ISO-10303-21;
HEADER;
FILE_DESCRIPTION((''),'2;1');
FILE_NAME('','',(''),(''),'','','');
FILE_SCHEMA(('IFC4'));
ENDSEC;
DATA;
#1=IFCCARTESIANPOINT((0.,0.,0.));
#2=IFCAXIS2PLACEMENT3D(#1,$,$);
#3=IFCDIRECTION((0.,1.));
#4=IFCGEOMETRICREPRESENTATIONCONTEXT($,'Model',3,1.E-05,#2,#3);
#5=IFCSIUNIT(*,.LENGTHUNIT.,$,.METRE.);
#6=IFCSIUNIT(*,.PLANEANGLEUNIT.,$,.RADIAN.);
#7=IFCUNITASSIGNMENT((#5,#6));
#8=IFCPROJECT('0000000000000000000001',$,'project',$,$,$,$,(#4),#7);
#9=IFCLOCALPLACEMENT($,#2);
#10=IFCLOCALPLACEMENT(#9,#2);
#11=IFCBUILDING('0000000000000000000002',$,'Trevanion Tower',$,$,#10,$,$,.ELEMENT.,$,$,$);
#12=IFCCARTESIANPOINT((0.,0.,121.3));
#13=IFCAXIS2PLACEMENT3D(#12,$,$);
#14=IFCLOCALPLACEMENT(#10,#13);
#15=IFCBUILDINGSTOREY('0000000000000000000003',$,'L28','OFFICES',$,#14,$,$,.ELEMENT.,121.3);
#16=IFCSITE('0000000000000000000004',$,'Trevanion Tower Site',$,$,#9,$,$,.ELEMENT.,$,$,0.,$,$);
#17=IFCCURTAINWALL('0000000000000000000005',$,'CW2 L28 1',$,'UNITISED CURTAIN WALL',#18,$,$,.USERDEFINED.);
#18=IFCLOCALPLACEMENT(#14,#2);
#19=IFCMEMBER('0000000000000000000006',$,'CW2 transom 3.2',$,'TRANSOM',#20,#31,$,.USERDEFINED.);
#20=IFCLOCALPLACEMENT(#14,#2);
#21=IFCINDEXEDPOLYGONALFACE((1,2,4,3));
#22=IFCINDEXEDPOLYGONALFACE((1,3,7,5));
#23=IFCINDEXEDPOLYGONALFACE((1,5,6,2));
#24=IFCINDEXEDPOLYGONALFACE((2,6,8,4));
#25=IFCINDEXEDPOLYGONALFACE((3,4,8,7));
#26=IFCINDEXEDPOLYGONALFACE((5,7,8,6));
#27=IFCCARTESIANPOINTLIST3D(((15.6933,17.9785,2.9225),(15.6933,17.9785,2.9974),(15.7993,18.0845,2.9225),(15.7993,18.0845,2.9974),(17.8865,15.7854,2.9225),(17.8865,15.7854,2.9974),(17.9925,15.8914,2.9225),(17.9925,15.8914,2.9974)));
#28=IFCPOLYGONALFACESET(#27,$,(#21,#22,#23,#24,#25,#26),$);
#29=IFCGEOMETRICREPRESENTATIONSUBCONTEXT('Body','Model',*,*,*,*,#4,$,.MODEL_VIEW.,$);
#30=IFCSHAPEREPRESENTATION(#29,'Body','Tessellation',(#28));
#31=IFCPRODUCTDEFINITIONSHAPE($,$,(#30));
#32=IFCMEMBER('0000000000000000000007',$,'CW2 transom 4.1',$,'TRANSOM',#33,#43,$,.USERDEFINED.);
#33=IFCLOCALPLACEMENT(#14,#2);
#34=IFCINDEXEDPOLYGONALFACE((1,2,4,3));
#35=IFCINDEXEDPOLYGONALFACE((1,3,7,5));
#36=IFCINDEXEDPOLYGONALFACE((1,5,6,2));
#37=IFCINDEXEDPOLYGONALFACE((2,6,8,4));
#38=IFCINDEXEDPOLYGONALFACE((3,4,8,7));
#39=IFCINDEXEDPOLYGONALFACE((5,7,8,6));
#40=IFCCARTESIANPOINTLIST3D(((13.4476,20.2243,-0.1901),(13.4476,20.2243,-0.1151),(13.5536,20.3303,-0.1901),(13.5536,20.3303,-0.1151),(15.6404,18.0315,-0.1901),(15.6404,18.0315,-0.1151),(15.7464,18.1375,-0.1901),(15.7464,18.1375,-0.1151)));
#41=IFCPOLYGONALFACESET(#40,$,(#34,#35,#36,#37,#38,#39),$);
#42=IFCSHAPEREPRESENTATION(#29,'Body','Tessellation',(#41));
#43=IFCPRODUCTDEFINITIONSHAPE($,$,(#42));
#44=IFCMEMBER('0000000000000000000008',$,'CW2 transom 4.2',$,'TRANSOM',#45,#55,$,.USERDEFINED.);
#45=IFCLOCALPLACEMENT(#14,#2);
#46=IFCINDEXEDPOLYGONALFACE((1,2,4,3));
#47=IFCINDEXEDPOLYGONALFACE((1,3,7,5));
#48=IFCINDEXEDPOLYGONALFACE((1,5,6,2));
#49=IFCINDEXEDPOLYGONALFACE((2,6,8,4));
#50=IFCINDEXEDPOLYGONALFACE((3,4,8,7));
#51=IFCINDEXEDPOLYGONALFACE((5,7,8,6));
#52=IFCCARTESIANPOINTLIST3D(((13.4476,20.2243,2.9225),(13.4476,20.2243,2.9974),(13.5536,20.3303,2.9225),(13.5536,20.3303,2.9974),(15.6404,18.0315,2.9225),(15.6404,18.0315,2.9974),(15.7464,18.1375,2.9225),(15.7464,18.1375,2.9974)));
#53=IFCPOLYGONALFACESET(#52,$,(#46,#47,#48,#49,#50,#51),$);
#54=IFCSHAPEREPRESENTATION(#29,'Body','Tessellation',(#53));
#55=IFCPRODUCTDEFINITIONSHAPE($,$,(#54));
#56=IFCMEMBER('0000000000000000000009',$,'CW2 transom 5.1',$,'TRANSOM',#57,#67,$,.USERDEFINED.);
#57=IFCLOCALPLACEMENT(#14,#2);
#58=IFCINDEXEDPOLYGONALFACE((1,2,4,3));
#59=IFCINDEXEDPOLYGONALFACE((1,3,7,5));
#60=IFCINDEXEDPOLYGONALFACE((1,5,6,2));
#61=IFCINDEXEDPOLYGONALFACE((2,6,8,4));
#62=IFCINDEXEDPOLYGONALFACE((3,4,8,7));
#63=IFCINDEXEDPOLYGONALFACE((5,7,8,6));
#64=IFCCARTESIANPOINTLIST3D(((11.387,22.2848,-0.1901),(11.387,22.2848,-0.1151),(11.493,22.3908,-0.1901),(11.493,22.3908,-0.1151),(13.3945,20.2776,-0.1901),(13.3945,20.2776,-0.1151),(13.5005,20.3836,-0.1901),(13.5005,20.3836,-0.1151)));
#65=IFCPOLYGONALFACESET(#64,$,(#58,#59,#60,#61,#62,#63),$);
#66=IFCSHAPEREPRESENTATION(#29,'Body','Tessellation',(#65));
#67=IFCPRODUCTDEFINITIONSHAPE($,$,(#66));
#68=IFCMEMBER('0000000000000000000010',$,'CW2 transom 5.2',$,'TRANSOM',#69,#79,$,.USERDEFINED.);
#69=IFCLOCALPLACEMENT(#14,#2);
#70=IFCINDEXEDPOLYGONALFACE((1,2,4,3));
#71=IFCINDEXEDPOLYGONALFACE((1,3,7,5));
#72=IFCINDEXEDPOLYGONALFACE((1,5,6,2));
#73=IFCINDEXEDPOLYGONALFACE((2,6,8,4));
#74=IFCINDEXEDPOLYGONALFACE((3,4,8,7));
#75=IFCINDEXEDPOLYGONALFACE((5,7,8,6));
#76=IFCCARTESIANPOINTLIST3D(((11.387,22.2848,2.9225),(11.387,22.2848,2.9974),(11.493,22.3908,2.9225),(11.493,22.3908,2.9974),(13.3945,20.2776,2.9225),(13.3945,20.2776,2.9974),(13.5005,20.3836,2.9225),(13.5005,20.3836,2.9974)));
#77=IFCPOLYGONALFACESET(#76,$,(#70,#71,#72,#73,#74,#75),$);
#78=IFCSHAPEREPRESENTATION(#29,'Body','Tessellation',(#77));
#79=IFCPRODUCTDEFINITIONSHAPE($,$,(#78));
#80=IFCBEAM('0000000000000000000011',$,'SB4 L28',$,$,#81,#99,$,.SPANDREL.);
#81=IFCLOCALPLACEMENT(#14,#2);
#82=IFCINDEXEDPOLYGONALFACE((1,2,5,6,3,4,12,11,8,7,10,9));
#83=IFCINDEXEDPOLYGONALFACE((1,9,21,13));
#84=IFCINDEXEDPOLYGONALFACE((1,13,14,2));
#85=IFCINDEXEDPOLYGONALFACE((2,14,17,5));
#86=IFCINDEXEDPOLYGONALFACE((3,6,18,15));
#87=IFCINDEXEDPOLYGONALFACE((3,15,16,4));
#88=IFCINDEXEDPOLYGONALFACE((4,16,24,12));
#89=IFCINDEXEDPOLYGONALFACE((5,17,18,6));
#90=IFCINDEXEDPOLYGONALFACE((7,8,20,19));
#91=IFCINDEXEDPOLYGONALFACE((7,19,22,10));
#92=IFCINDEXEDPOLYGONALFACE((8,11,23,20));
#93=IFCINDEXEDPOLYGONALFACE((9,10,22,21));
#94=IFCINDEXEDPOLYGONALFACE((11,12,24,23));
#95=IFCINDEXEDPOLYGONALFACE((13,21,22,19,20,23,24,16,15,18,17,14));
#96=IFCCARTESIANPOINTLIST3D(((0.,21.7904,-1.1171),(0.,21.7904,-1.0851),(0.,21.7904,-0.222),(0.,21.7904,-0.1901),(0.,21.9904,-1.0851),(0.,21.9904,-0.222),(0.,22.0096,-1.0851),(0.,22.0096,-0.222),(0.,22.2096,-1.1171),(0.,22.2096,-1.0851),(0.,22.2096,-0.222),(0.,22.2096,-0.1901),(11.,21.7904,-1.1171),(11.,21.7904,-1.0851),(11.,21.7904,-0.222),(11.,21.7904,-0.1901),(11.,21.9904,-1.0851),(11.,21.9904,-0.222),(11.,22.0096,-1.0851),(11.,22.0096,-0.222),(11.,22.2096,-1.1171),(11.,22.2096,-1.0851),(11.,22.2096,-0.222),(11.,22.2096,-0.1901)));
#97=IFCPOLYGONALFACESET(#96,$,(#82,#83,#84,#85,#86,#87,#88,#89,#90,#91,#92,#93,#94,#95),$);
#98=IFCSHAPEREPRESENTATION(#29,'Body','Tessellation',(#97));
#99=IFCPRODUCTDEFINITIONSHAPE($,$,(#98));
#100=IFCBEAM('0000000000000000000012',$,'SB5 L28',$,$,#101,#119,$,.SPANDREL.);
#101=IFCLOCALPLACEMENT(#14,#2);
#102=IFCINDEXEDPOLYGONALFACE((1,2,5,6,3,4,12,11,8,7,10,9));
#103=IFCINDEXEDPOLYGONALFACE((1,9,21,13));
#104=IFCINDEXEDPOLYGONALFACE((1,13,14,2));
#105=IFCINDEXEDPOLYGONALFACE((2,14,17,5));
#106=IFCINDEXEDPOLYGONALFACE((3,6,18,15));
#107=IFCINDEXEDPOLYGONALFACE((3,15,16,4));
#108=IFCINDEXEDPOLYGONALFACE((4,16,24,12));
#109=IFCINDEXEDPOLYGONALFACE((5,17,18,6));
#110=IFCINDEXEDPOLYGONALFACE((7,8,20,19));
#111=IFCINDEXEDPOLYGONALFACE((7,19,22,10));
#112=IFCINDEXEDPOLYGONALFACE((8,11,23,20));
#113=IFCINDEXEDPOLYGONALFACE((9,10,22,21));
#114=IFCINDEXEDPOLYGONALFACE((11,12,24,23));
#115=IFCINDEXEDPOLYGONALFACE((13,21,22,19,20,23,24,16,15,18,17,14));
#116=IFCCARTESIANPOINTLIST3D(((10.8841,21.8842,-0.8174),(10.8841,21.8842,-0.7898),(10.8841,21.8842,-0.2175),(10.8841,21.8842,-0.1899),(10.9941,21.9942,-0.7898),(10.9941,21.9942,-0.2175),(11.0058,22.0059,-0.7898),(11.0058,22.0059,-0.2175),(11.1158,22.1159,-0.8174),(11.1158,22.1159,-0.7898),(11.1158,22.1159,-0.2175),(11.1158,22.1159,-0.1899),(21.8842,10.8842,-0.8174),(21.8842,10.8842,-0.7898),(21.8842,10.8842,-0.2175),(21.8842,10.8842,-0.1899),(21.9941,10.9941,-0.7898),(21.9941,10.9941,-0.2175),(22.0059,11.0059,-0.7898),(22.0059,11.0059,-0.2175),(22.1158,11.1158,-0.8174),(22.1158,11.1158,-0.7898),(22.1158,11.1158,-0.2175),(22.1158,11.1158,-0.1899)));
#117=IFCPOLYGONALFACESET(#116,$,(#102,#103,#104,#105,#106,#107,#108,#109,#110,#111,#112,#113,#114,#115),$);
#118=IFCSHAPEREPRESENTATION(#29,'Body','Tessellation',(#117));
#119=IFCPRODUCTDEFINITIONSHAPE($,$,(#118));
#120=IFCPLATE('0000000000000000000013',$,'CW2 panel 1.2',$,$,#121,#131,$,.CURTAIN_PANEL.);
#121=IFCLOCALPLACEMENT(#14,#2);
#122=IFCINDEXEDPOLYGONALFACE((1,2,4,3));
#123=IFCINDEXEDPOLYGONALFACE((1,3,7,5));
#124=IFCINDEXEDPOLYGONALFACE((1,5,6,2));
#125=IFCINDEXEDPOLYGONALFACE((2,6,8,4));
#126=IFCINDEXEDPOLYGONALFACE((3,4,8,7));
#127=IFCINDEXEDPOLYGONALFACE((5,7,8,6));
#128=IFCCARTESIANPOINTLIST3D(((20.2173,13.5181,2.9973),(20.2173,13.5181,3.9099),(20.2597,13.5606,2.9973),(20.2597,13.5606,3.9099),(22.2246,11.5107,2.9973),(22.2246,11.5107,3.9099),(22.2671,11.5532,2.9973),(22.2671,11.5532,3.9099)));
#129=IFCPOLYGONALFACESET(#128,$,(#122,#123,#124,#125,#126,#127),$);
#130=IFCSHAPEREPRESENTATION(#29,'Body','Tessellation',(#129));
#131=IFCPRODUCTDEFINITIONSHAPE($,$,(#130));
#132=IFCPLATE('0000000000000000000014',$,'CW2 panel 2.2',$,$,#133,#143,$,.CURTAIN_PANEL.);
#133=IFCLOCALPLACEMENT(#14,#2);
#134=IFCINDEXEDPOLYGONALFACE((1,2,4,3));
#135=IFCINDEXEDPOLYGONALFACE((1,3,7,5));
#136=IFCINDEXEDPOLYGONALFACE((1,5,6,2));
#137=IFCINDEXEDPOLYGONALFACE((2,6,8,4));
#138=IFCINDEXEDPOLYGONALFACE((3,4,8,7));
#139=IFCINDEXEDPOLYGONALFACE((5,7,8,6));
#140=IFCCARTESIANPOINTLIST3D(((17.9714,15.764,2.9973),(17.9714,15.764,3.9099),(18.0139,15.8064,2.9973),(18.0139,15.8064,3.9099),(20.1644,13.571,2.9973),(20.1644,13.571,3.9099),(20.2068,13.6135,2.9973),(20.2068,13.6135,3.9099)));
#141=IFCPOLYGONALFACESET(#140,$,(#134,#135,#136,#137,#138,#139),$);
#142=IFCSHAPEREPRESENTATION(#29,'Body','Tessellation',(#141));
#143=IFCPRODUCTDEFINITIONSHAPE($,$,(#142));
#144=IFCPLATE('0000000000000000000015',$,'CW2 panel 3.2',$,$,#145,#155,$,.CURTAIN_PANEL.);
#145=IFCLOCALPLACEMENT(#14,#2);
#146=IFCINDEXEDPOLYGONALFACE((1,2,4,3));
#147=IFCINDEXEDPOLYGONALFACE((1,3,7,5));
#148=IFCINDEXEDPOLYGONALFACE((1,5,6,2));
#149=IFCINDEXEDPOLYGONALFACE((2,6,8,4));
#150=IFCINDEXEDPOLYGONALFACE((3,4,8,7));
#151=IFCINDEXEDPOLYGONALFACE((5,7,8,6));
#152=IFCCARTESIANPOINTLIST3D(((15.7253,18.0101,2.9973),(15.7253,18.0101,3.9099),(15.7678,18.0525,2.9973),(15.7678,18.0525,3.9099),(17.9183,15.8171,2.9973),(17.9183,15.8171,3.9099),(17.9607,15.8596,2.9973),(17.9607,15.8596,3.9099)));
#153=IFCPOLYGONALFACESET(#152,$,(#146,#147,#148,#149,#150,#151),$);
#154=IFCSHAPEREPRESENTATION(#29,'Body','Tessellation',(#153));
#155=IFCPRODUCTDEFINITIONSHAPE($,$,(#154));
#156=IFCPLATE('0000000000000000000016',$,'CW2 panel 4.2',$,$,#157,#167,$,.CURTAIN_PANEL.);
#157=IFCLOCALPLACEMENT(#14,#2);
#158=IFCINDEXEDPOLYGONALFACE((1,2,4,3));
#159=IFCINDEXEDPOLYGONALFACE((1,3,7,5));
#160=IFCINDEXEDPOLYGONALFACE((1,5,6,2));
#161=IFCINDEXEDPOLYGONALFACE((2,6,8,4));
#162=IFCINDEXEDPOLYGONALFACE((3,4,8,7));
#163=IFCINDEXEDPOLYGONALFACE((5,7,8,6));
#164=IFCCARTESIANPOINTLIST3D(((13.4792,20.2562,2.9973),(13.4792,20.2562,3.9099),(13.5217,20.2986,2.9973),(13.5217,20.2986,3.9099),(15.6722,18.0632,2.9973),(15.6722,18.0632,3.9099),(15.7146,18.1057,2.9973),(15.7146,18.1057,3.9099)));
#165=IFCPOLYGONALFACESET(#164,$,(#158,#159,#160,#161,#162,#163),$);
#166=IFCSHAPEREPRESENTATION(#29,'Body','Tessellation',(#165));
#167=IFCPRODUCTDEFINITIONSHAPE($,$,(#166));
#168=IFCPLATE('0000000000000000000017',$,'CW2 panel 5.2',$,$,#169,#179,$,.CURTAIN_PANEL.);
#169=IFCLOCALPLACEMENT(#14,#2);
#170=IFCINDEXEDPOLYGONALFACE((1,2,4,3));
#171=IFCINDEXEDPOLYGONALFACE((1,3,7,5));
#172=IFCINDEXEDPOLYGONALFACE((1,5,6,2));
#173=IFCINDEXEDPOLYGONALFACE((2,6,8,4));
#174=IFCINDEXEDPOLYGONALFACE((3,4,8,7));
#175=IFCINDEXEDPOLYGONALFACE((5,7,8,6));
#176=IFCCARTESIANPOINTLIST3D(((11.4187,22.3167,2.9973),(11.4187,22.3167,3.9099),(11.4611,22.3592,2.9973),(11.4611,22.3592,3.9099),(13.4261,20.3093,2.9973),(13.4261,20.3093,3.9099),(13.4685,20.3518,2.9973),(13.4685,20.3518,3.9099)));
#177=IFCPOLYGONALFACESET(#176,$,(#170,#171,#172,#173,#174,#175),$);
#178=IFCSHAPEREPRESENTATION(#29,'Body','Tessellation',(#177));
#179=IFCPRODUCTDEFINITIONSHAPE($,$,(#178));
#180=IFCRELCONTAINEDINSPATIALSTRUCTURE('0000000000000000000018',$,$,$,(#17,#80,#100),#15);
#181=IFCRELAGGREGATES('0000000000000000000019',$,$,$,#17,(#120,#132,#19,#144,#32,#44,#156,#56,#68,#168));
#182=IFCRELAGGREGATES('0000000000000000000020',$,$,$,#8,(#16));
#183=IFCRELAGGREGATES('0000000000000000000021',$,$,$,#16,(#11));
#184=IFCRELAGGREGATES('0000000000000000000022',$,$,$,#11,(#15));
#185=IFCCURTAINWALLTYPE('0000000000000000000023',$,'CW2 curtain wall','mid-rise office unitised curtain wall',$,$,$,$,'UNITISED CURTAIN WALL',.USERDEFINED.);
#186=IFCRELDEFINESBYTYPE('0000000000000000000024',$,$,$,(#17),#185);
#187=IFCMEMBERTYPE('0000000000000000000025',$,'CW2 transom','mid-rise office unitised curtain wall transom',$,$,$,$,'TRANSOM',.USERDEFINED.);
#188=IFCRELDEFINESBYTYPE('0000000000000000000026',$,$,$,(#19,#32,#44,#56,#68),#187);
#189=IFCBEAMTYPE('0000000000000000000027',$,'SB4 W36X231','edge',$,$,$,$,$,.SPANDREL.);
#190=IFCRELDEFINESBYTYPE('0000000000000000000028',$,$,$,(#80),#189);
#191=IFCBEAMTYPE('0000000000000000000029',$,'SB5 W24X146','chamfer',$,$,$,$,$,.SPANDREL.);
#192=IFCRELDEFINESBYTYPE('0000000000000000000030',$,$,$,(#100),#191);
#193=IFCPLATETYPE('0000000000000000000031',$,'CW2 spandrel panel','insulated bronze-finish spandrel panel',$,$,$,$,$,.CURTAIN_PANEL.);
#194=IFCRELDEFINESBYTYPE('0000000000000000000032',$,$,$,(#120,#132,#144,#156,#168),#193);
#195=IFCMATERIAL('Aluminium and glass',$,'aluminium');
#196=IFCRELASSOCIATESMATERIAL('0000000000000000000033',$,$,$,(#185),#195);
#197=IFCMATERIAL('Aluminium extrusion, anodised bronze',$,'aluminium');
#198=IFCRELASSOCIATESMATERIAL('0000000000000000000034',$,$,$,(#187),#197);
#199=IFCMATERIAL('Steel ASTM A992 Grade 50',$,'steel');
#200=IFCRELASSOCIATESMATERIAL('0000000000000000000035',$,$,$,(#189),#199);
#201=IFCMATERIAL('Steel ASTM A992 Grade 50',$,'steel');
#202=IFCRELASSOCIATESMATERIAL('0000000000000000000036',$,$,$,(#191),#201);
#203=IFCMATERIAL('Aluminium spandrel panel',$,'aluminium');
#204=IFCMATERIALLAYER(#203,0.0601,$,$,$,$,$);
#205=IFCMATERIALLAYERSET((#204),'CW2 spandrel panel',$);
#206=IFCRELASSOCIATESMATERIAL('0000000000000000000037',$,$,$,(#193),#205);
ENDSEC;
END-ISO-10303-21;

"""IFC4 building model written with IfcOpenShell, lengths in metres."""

from ifc_helpers import new_model, si_unit, direction, frame, origin, origin_2d, place, context, subcontext, project, spatial, rectangle, i_section, extrude, material, layer, layer_set, material_profile, profile_set, type_object, element, aggregate, save


model = new_model("IFC4")

# Units and contexts
model_context = context("Model", 3, precision=1e-05, world=origin(), true_north=direction((0.0, 1.0)))
body_context = subcontext(model_context, "Body", "Model", "MODEL_VIEW")
ifc_project = project(units=[si_unit("LENGTHUNIT", "METRE"), si_unit("PLANEANGLEUNIT", "RADIAN")], contexts=[model_context])

# Site, building, storey
site_placement = place(None, origin())
site = spatial("IfcSite", under=ifc_project, at=site_placement, Name="Trevanion Tower Site", CompositionType="ELEMENT", RefElevation=0.0)
building_placement = place(site_placement, origin())
building = spatial("IfcBuilding", under=site, at=building_placement, Name="Trevanion Tower", CompositionType="ELEMENT")
storey_placement = place(building_placement, frame((0.0, 0.0, 121.3)))
storey = spatial("IfcBuildingStorey", under=building, at=storey_placement, Name="L28", Description="OFFICES", CompositionType="ELEMENT", Elevation=121.3)

# Curtain wall
ifc_material_1 = material(Name="Aluminium and glass", Category="aluminium")
curtain_wall_type = type_object("IfcCurtainWallType", Name="CW2 curtain wall", Description="mid-rise office unitised curtain wall", ElementType="UNITISED CURTAIN WALL", PredefinedType="USERDEFINED", material=ifc_material_1)
curtain_wall_1_placement = place(storey_placement, origin())
curtain_wall_1 = element("IfcCurtainWall", 1, at=curtain_wall_1_placement, inside=storey, type_object=curtain_wall_type, Name="CW2 L28 1", ObjectType="UNITISED CURTAIN WALL", PredefinedType="USERDEFINED")

# Members
ifc_material_2 = material(Name="Aluminium extrusion, anodised bronze", Category="aluminium")
ifc_material_profile_1 = material_profile(ifc_material_2, rectangle(XDim=0.1499, YDim=0.075, at=origin_2d()), Name="CW2 transom")
ifc_profile_set_1 = profile_set([ifc_material_profile_1], Name="Aluminium extrusion, anodised bronze")
member_type_1 = type_object("IfcMemberType", Name="CW2 transom", Description="mid-rise office unitised curtain wall transom", ElementType="TRANSOM", PredefinedType="USERDEFINED", material=ifc_profile_set_1)
member_1_placement = place(storey_placement, frame((17.9395, 15.8384, 2.96), z_axis=(-0.707107, 0.707107, 0.0), x_axis=(-0.707107, -0.707107, 0.0)))
member_1 = element("IfcMember", 2, at=member_1_placement, type_object=member_type_1, Name="CW2 transom 3.2", ObjectType="TRANSOM", PredefinedType="USERDEFINED", context=body_context, shape_type="SweptSolid", body=[
    extrude(rectangle(XDim=0.1499, YDim=0.075, at=origin_2d()), origin(), (0.0, 0.0, 1.0), 3.1016),
])
member_2_placement = place(storey_placement, frame((15.6934, 18.0845, -0.1526), z_axis=(-0.707107, 0.707107, 0.0), x_axis=(-0.707107, -0.707107, 0.0)))
member_2 = element("IfcMember", 3, at=member_2_placement, type_object=member_type_1, Name="CW2 transom 4.1", ObjectType="TRANSOM", PredefinedType="USERDEFINED", context=body_context, shape_type="SweptSolid", body=[
    extrude(rectangle(XDim=0.1499, YDim=0.075, at=origin_2d()), origin(), (0.0, 0.0, 1.0), 3.1011),
])
member_3_placement = place(storey_placement, frame((15.6934, 18.0845, 2.96), z_axis=(-0.707107, 0.707107, 0.0), x_axis=(-0.707107, -0.707107, 0.0)))
member_3 = element("IfcMember", 4, at=member_3_placement, type_object=member_type_1, Name="CW2 transom 4.2", ObjectType="TRANSOM", PredefinedType="USERDEFINED", context=body_context, shape_type="SweptSolid", body=[
    extrude(rectangle(XDim=0.1499, YDim=0.075, at=origin_2d()), origin(), (0.0, 0.0, 1.0), 3.1011),
])
member_4_placement = place(storey_placement, frame((13.4475, 20.3306, -0.1526), z_axis=(-0.70715, 0.707064, 0.0), x_axis=(-0.707064, -0.70715, 0.0)))
member_4 = element("IfcMember", 5, at=member_4_placement, type_object=member_type_1, Name="CW2 transom 5.1", ObjectType="TRANSOM", PredefinedType="USERDEFINED", context=body_context, shape_type="SweptSolid", body=[
    extrude(rectangle(XDim=0.1499, YDim=0.075, at=origin_2d()), origin(), (0.0, 0.0, 1.0), 2.8389),
])
member_5_placement = place(storey_placement, frame((13.4475, 20.3306, 2.96), z_axis=(-0.70715, 0.707064, 0.0), x_axis=(-0.707064, -0.70715, 0.0)))
member_5 = element("IfcMember", 6, at=member_5_placement, type_object=member_type_1, Name="CW2 transom 5.2", ObjectType="TRANSOM", PredefinedType="USERDEFINED", context=body_context, shape_type="SweptSolid", body=[
    extrude(rectangle(XDim=0.1499, YDim=0.075, at=origin_2d()), origin(), (0.0, 0.0, 1.0), 2.8389),
])

# Beams
ifc_material_3 = material(Name="Steel ASTM A992 Grade 50", Category="steel")
ifc_material_profile_2 = material_profile(ifc_material_3, i_section(OverallWidth=0.4192, OverallDepth=0.927, WebThickness=0.0193, FlangeThickness=0.032, at=origin_2d()), Name="W36X231")
ifc_profile_set_2 = profile_set([ifc_material_profile_2], Name="Steel ASTM A992 Grade 50")
beam_type_1 = type_object("IfcBeamType", Name="SB4 W36X231", Description="edge", PredefinedType="SPANDREL", material=ifc_profile_set_2)
beam_1_placement = place(storey_placement, frame((11.0, 22.0, -0.6536), z_axis=(-1.0, 0.0, 0.0), x_axis=(0.0, -1.0, 0.0)))
element("IfcBeam", 7, at=beam_1_placement, inside=storey, type_object=beam_type_1, Name="SB4 L28", PredefinedType="SPANDREL", context=body_context, shape_type="SweptSolid", body=[
    extrude(i_section(OverallWidth=0.4192, OverallDepth=0.927, WebThickness=0.0193, FlangeThickness=0.032, at=origin_2d()), origin(), (0.0, 0.0, 1.0), 11.0),
])
ifc_material_4 = material(Name="Steel ASTM A992 Grade 50", Category="steel")
ifc_material_profile_3 = material_profile(ifc_material_4, i_section(OverallWidth=0.3276, OverallDepth=0.6274, WebThickness=0.0166, FlangeThickness=0.0276, at=origin_2d()), Name="W24X146")
ifc_profile_set_3 = profile_set([ifc_material_profile_3], Name="Steel ASTM A992 Grade 50")
beam_type_2 = type_object("IfcBeamType", Name="SB5 W24X146", Description="chamfer", PredefinedType="SPANDREL", material=ifc_profile_set_3)
beam_2_placement = place(storey_placement, frame((22.0, 11.0, -0.5037), z_axis=(-0.707107, 0.707107, 0.0), x_axis=(-0.707107, -0.707107, 0.0)))
element("IfcBeam", 8, at=beam_2_placement, inside=storey, type_object=beam_type_2, Name="SB5 L28", PredefinedType="SPANDREL", context=body_context, shape_type="SweptSolid", body=[
    extrude(i_section(OverallWidth=0.3276, OverallDepth=0.6274, WebThickness=0.0166, FlangeThickness=0.0276, at=origin_2d()), origin(), (0.0, 0.0, 1.0), 15.5564),
])

# Plates
ifc_material_5 = material(Name="Aluminium spandrel panel", Category="aluminium")
ifc_layer_1 = layer(ifc_material_5, 0.0601)
ifc_layer_set_1 = layer_set([ifc_layer_1], Name="CW2 spandrel panel")
plate_type_1 = type_object("IfcPlateType", Name="CW2 spandrel panel", Description="insulated bronze-finish spandrel panel", PredefinedType="CURTAIN_PANEL", material=ifc_layer_set_1)
plate_1_placement = place(storey_placement, frame((21.2422, 12.5356, 2.9973), z_axis=(0.0, 0.0, 1.0), x_axis=(-0.707107, 0.707107, 0.0)))
plate_1 = element("IfcPlate", 9, at=plate_1_placement, type_object=plate_type_1, Name="CW2 panel 1.2", PredefinedType="CURTAIN_PANEL", context=body_context, shape_type="SweptSolid", body=[
    extrude(rectangle(XDim=2.8389, YDim=0.0601, at=origin_2d()), origin(), (0.0, 0.0, 1.0), 0.9126),
])
plate_2_placement = place(storey_placement, frame((19.0891, 14.6887, 2.9973), z_axis=(0.0, 0.0, 1.0), x_axis=(-0.707107, 0.707107, 0.0)))
plate_2 = element("IfcPlate", 10, at=plate_2_placement, type_object=plate_type_1, Name="CW2 panel 2.2", PredefinedType="CURTAIN_PANEL", context=body_context, shape_type="SweptSolid", body=[
    extrude(rectangle(XDim=3.1013, YDim=0.0601, at=origin_2d()), origin(), (0.0, 0.0, 1.0), 0.9126),
])
plate_3_placement = place(storey_placement, frame((16.843, 16.9348, 2.9973), z_axis=(0.0, 0.0, 1.0), x_axis=(-0.707107, 0.707107, 0.0)))
plate_3 = element("IfcPlate", 11, at=plate_3_placement, type_object=plate_type_1, Name="CW2 panel 3.2", PredefinedType="CURTAIN_PANEL", context=body_context, shape_type="SweptSolid", body=[
    extrude(rectangle(XDim=3.1013, YDim=0.0601, at=origin_2d()), origin(), (0.0, 0.0, 1.0), 0.9126),
])
plate_4_placement = place(storey_placement, frame((14.5969, 19.1809, 2.9973), z_axis=(0.0, 0.0, 1.0), x_axis=(-0.707107, 0.707107, 0.0)))
plate_4 = element("IfcPlate", 12, at=plate_4_placement, type_object=plate_type_1, Name="CW2 panel 4.2", PredefinedType="CURTAIN_PANEL", context=body_context, shape_type="SweptSolid", body=[
    extrude(rectangle(XDim=3.1013, YDim=0.0601, at=origin_2d()), origin(), (0.0, 0.0, 1.0), 0.9126),
])
plate_5_placement = place(storey_placement, frame((12.4436, 21.3342, 2.9973), z_axis=(0.0, 0.0, 1.0), x_axis=(-0.707107, 0.707107, 0.0)))
plate_5 = element("IfcPlate", 13, at=plate_5_placement, type_object=plate_type_1, Name="CW2 panel 5.2", PredefinedType="CURTAIN_PANEL", context=body_context, shape_type="SweptSolid", body=[
    extrude(rectangle(XDim=2.8389, YDim=0.0601, at=origin_2d()), origin(), (0.0, 0.0, 1.0), 0.9126),
])
aggregate(curtain_wall_1, [plate_1, plate_2, member_1, plate_3, member_2, member_3, plate_4, member_4, member_5, plate_5])

save(model, "model.ifc")
